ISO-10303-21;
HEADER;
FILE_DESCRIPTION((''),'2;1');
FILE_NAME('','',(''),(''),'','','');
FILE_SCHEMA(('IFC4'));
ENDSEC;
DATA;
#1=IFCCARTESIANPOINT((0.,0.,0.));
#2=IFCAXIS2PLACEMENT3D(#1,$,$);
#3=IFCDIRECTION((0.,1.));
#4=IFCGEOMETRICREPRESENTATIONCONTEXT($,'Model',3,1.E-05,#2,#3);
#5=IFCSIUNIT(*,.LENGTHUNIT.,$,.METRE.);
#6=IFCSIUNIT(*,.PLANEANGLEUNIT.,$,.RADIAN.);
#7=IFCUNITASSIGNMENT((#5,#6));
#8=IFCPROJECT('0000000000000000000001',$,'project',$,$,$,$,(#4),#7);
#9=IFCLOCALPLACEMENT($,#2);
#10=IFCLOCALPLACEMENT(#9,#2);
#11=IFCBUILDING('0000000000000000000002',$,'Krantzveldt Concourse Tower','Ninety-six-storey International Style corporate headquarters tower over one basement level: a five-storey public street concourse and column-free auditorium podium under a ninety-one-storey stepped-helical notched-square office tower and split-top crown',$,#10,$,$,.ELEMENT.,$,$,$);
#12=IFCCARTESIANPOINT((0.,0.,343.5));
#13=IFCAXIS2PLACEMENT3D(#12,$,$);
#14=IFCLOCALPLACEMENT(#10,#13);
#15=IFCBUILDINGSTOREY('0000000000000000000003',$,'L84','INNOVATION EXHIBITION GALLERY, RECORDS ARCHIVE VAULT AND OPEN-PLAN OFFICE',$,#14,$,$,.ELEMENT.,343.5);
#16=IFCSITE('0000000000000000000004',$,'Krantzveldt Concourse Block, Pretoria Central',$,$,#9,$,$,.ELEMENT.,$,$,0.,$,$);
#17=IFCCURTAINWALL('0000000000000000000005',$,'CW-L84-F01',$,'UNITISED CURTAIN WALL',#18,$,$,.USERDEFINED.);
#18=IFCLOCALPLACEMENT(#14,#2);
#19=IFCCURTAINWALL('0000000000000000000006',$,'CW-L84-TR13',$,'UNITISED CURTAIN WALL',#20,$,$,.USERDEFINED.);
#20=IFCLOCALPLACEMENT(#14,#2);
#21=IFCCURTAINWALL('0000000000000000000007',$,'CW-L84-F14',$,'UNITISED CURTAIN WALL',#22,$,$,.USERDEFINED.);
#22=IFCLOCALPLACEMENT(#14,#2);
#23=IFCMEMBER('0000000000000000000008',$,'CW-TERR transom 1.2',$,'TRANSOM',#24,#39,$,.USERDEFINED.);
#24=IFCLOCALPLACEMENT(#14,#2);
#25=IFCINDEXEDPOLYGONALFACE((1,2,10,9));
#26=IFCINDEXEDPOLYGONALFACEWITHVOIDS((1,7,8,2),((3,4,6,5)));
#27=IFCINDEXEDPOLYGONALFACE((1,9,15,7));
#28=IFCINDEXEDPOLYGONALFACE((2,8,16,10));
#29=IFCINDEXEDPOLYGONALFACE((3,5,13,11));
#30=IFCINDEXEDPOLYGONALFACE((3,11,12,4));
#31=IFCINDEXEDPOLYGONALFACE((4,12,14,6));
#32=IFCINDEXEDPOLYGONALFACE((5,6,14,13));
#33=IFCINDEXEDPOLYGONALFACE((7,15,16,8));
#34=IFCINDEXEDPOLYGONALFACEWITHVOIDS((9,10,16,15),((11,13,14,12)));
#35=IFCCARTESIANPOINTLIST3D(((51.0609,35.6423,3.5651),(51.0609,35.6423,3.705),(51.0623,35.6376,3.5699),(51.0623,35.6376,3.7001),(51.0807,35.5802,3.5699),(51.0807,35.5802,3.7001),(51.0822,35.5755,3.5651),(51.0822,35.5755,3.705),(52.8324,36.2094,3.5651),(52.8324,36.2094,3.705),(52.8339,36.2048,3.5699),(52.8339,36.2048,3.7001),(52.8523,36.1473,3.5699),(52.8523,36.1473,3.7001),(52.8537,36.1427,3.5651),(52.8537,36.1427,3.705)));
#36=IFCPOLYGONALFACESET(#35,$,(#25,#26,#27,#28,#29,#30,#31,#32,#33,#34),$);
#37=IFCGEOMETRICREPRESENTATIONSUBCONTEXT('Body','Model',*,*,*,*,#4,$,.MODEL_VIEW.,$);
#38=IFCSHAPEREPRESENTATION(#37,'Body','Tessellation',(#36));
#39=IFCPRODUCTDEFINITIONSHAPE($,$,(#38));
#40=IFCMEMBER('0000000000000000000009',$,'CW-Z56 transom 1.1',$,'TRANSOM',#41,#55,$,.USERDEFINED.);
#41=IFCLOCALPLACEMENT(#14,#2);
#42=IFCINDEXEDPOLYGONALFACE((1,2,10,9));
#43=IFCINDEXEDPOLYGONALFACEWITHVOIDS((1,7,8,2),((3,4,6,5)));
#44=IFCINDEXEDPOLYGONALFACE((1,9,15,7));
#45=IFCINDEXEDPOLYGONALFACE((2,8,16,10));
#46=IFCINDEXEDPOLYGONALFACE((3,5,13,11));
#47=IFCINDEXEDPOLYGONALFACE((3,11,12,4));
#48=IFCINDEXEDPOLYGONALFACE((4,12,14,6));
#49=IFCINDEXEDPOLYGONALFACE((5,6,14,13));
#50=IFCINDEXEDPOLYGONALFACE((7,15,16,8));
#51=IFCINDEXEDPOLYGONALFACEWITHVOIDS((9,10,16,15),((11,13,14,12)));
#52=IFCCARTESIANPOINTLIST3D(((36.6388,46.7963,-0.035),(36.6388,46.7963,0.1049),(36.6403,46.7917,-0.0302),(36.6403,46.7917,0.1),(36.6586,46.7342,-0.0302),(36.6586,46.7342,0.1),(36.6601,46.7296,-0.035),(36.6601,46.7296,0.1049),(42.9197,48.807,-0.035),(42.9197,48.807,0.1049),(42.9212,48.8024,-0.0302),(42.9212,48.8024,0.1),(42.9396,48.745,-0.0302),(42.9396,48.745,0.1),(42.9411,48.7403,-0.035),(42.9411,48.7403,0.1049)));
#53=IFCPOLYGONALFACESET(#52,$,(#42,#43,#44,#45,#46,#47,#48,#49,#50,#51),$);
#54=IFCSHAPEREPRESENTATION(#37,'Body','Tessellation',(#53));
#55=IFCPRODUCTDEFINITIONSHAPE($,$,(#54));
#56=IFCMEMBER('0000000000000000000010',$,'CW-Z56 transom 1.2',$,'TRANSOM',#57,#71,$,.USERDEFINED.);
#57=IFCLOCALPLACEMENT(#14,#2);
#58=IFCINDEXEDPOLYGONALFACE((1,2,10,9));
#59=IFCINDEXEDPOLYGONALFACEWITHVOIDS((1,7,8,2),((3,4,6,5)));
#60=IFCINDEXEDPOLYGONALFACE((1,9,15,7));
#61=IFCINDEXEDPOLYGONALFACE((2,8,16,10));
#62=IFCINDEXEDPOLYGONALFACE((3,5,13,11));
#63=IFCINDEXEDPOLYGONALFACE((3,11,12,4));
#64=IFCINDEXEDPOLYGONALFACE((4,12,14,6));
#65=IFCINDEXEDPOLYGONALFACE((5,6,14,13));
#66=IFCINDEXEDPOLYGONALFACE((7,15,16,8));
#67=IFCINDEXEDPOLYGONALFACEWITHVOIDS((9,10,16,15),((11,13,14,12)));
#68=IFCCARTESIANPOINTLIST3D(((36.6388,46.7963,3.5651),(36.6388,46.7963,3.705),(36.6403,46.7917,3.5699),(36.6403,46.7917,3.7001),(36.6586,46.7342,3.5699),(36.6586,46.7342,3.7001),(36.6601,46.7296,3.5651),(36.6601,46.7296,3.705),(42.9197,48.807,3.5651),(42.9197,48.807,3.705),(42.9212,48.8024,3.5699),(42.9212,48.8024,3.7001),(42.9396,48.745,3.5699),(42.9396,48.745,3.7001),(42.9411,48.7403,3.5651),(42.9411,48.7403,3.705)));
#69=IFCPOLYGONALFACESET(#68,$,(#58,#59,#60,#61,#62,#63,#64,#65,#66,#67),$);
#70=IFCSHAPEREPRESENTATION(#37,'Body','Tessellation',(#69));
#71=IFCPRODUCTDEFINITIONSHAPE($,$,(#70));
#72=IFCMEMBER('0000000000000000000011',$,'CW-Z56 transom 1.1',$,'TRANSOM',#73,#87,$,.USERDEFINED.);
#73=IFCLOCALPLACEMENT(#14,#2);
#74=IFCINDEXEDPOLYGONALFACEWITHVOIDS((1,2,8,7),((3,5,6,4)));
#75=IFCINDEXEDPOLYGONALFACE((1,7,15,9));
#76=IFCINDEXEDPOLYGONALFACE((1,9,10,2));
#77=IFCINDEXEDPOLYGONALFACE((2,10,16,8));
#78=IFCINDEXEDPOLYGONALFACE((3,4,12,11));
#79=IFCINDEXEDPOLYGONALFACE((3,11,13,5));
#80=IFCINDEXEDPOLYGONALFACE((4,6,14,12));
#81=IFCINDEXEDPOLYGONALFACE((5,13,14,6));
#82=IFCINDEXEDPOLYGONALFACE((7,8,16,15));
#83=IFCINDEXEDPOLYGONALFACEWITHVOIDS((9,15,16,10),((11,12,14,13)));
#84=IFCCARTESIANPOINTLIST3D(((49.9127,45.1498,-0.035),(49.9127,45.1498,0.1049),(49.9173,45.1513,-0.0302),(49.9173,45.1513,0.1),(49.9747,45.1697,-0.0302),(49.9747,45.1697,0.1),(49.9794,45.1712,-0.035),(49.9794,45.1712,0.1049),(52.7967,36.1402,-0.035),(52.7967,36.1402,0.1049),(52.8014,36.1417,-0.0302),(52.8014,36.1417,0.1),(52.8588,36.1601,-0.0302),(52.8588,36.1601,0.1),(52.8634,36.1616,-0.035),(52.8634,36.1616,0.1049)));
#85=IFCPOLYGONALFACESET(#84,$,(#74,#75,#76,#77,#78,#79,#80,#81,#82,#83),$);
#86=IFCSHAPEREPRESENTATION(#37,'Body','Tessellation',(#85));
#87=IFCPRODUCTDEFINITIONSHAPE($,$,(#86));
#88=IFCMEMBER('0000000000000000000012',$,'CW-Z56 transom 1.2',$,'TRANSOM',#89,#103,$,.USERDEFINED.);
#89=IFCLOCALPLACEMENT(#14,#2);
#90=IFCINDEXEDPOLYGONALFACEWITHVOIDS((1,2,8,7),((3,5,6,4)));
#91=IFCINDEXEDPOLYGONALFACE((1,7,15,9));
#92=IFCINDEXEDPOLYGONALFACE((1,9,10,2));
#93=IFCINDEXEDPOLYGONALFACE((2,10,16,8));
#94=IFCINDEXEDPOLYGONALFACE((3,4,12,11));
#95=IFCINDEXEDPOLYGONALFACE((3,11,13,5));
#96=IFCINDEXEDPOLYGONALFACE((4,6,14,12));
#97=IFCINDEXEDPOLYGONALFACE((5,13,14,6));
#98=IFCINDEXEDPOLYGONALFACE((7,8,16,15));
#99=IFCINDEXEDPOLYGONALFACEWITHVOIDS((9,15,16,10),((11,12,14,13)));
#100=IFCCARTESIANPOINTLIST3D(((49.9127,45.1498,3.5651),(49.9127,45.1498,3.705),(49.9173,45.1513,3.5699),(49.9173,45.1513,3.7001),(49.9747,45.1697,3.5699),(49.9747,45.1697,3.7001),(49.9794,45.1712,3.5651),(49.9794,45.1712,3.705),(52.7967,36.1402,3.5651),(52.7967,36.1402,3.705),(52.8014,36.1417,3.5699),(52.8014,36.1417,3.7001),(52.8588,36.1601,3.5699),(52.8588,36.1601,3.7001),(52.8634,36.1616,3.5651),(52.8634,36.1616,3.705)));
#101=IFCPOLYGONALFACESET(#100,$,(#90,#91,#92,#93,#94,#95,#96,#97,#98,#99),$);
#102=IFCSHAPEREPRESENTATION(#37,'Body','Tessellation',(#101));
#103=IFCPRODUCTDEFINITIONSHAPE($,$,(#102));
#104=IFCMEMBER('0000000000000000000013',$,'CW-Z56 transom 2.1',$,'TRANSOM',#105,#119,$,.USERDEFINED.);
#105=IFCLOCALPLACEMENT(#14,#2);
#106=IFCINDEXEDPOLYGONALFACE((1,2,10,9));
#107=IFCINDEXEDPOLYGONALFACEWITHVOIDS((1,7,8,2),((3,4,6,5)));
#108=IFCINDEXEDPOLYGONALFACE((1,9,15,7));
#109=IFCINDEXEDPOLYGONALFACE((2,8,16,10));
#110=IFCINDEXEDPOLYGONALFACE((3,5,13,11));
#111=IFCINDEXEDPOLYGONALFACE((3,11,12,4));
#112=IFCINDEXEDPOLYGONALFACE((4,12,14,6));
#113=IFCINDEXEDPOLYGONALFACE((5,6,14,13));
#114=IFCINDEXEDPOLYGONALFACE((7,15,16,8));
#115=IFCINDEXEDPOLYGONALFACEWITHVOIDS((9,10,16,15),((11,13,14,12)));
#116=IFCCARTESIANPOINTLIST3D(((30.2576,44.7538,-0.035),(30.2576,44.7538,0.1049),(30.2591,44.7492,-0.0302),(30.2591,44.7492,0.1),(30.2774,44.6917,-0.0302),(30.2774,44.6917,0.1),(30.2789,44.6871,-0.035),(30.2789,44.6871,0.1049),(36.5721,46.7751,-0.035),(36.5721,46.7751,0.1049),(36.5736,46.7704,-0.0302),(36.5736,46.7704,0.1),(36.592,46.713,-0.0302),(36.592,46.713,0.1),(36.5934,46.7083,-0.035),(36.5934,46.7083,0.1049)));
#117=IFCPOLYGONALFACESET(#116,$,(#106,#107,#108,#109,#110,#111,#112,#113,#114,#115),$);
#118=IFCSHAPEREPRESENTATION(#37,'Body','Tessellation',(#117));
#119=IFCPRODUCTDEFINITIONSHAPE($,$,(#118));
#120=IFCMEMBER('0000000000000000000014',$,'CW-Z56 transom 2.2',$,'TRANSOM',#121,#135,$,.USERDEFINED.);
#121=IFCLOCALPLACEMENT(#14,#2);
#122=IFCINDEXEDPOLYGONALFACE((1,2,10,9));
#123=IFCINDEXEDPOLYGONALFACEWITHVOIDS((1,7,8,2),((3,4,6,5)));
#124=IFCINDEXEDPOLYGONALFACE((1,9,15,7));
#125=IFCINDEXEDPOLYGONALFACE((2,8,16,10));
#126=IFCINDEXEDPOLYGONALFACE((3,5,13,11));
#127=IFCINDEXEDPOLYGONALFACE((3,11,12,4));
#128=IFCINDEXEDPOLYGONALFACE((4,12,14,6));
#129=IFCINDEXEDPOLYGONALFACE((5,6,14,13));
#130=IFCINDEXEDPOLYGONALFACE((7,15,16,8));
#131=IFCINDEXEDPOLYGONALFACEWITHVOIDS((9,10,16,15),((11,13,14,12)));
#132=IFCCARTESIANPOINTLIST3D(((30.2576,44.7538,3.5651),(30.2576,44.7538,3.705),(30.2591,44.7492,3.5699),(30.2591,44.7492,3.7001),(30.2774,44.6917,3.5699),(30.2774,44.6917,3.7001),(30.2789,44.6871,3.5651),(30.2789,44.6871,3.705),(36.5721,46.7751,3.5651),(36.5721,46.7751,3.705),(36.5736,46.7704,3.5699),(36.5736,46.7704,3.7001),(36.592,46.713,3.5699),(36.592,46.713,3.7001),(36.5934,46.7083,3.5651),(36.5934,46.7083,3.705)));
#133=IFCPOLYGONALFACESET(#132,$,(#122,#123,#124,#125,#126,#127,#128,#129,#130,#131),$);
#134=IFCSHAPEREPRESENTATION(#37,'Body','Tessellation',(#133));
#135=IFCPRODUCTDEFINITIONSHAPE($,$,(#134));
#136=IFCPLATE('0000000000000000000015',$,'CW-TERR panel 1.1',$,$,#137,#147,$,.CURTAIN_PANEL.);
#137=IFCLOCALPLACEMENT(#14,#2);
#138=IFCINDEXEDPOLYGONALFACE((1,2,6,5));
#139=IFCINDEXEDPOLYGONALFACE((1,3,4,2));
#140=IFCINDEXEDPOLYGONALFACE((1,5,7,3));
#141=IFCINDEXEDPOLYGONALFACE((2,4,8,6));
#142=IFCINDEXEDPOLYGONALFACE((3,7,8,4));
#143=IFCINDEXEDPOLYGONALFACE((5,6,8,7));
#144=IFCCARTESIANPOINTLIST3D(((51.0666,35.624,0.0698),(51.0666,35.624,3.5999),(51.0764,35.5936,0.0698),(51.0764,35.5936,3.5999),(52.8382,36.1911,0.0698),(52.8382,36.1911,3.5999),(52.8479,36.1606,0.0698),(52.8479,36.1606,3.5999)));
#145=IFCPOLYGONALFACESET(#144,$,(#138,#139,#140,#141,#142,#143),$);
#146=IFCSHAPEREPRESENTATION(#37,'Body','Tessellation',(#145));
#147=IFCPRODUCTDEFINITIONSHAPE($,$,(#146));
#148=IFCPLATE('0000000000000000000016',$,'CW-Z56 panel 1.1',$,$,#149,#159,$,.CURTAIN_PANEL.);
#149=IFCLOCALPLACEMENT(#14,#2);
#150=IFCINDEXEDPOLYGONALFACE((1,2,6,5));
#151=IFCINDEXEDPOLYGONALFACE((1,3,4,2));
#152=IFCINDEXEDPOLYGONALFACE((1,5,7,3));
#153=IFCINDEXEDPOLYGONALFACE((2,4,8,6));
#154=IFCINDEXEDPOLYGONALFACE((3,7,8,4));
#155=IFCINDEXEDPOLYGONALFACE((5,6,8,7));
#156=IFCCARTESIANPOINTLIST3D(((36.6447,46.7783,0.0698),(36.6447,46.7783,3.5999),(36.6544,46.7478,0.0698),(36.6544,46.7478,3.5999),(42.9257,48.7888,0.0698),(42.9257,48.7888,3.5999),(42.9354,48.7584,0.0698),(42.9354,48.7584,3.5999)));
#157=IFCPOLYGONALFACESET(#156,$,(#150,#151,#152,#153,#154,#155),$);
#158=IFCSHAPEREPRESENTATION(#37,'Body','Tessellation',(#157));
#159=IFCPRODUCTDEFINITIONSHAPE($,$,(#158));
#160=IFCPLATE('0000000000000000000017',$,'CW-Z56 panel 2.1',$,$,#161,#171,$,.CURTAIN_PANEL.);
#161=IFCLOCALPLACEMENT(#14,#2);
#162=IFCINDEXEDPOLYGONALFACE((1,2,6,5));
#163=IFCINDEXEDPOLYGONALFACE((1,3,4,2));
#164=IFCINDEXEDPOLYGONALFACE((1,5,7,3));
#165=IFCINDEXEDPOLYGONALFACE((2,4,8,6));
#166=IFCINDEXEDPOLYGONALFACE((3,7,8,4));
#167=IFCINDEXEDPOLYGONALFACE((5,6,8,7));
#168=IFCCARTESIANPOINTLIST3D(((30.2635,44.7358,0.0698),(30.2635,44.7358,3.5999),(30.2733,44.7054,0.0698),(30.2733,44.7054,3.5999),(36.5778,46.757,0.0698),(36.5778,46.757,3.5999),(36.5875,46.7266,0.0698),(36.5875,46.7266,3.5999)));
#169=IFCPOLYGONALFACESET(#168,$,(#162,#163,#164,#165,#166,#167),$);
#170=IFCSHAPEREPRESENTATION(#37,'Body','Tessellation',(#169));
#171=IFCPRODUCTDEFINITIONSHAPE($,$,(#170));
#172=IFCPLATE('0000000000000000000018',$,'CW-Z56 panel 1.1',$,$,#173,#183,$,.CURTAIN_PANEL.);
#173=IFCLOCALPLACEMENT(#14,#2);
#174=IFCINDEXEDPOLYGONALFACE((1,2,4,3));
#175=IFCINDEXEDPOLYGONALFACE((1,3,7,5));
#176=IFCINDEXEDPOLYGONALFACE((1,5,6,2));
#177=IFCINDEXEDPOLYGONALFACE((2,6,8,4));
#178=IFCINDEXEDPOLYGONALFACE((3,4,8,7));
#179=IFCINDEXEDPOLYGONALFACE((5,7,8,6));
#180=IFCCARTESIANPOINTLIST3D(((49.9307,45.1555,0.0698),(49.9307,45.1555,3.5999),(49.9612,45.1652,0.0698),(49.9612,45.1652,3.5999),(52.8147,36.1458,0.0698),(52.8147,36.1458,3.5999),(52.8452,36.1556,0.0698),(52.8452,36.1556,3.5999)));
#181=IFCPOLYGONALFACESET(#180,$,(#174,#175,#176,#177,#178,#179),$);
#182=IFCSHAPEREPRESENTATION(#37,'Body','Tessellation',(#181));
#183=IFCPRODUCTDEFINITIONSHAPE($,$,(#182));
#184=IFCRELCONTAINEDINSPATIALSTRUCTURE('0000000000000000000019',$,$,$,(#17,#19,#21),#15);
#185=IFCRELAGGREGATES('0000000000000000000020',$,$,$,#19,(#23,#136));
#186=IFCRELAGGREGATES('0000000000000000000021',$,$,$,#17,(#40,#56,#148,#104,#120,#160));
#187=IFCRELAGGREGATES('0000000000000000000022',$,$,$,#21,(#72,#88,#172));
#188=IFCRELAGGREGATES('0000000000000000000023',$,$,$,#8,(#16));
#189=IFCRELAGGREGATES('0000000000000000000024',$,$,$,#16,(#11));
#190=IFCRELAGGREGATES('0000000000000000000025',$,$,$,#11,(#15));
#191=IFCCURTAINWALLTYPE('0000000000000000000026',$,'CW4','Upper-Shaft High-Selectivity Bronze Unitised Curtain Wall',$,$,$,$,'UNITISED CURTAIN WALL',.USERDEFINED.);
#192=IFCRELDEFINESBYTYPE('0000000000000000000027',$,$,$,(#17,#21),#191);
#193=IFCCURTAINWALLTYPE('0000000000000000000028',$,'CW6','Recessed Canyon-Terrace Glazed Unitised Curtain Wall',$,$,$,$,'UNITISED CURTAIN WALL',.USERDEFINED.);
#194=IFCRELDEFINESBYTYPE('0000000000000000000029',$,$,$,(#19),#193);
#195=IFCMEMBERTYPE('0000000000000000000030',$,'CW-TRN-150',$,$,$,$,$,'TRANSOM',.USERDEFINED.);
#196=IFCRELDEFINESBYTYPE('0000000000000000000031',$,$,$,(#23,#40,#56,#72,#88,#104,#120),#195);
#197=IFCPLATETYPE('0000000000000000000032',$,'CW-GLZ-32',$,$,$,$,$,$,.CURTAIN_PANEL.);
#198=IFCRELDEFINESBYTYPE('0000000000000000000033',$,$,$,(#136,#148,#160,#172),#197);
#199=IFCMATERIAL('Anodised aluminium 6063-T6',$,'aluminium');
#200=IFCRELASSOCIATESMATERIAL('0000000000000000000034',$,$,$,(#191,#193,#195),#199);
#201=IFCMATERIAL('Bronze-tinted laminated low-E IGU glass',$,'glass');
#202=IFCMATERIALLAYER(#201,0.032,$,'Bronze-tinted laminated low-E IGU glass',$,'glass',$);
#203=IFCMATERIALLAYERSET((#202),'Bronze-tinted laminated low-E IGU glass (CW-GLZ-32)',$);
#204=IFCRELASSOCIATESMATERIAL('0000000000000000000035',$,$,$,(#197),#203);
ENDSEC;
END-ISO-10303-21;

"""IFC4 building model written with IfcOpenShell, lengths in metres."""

from ifc_helpers import new_model, si_unit, direction, frame, origin, origin_2d, place, context, subcontext, project, spatial, rectangle, hollow_rectangle, extrude, source, transform, mapped, material, layer, layer_set, material_profile, profile_set, type_object, type_shapes, element, aggregate, save


model = new_model("IFC4")

# Units and contexts
model_context = context("Model", 3, precision=1e-05, world=origin(), true_north=direction((0.0, 1.0)))
body_context = subcontext(model_context, "Body", "Model", "MODEL_VIEW")
ifc_project = project(units=[si_unit("LENGTHUNIT", "METRE"), si_unit("PLANEANGLEUNIT", "RADIAN")], contexts=[model_context])

# Site, building, storey
site_placement = place(None, origin())
site = spatial("IfcSite", under=ifc_project, at=site_placement, Name="Krantzveldt Concourse Block, Pretoria Central", CompositionType="ELEMENT", RefElevation=0.0)
building_placement = place(site_placement, origin())
building = spatial("IfcBuilding", under=site, at=building_placement, Name="Krantzveldt Concourse Tower", Description="Ninety-six-storey International Style corporate headquarters tower over one basement level: a five-storey public street concourse and column-free auditorium podium under a ninety-one-storey stepped-helical notched-square office tower and split-top crown", CompositionType="ELEMENT")
storey_placement = place(building_placement, frame((0.0, 0.0, 343.5)))
storey = spatial("IfcBuildingStorey", under=building, at=storey_placement, Name="L84", Description="INNOVATION EXHIBITION GALLERY, RECORDS ARCHIVE VAULT AND OPEN-PLAN OFFICE", CompositionType="ELEMENT", Elevation=343.5)

# Curtain wall
ifc_material_1 = material(Name="Anodised aluminium 6063-T6", Category="aluminium")
curtain_wall_type_1 = type_object("IfcCurtainWallType", Name="CW4", Description="Upper-Shaft High-Selectivity Bronze Unitised Curtain Wall", ElementType="UNITISED CURTAIN WALL", PredefinedType="USERDEFINED", material=ifc_material_1)
curtain_wall_1_placement = place(storey_placement, origin())
curtain_wall_1 = element("IfcCurtainWall", 1, at=curtain_wall_1_placement, inside=storey, type_object=curtain_wall_type_1, Name="CW-L84-F01", ObjectType="UNITISED CURTAIN WALL", PredefinedType="USERDEFINED")

# Curtain wall
curtain_wall_type_2 = type_object("IfcCurtainWallType", Name="CW6", Description="Recessed Canyon-Terrace Glazed Unitised Curtain Wall", ElementType="UNITISED CURTAIN WALL", PredefinedType="USERDEFINED", material=ifc_material_1)
curtain_wall_2_placement = place(storey_placement, origin())
curtain_wall_2 = element("IfcCurtainWall", 2, at=curtain_wall_2_placement, inside=storey, type_object=curtain_wall_type_2, Name="CW-L84-TR13", ObjectType="UNITISED CURTAIN WALL", PredefinedType="USERDEFINED")

# Curtain wall
curtain_wall_3_placement = place(storey_placement, origin())
curtain_wall_3 = element("IfcCurtainWall", 3, at=curtain_wall_3_placement, inside=storey, type_object=curtain_wall_type_1, Name="CW-L84-F14", ObjectType="UNITISED CURTAIN WALL", PredefinedType="USERDEFINED")

# Members
ifc_material_profile_1 = material_profile(ifc_material_1, hollow_rectangle(XDim=0.0701, YDim=0.1399, WallThickness=0.0049, at=origin_2d()), Name="Anodised aluminium 6063-T6", Category="aluminium")
ifc_profile_set_1 = profile_set([ifc_material_profile_1], Name="Anodised aluminium 6063-T6 - ALU-TRAN 140x70x5")
member_type_1 = type_object("IfcMemberType", Name="CW-TRN-150", ElementType="TRANSOM", PredefinedType="USERDEFINED", material=ifc_profile_set_1)
shared_shape_1 = source(origin(), body_context, "Body", "SweptSolid", [
    extrude(hollow_rectangle(XDim=0.0701, YDim=0.1399, WallThickness=0.0049, at=origin_2d()), origin(), (0.0, 0.0, 1.0), 1.8601),
])
member_1_placement = place(storey_placement, frame((51.0715, 35.6089, 3.635), z_axis=(0.952383, 0.304904, 0.0), x_axis=(-0.304904, 0.952383, 0.0)))
member_1 = element("IfcMember", 4, at=member_1_placement, type_object=member_type_1, Name="CW-TERR transom 1.2", ObjectType="TRANSOM", PredefinedType="USERDEFINED", context=body_context, shape_type="MappedRepresentation", body=[
    mapped(shared_shape_1, transform((0.0, 0.0, 0.0), x_axis=(1.0, 0.0, 0.0), y_axis=(0.0, 1.0, 0.0), z_axis=(0.0, 0.0, 1.0), scale=1.0)),
])
shared_shape_2 = source(origin(), body_context, "Body", "SweptSolid", [
    extrude(hollow_rectangle(XDim=0.0701, YDim=0.1399, WallThickness=0.0049, at=origin_2d()), origin(), (0.0, 0.0, 1.0), 6.595),
])
member_2_placement = place(storey_placement, frame((42.9304, 48.7737, 0.0349), z_axis=(-0.952388, -0.304889, 0.0), x_axis=(0.304889, -0.952388, 0.0)))
member_2 = element("IfcMember", 5, at=member_2_placement, type_object=member_type_1, Name="CW-Z56 transom 1.1", ObjectType="TRANSOM", PredefinedType="USERDEFINED", context=body_context, shape_type="MappedRepresentation", body=[
    mapped(shared_shape_2, transform((0.0, 0.0, 0.0), x_axis=(1.0, 0.0, 0.0), y_axis=(0.0, 1.0, 0.0), z_axis=(0.0, 0.0, 1.0), scale=1.0)),
])
member_3_placement = place(storey_placement, frame((42.9304, 48.7737, 3.635), z_axis=(-0.952388, -0.304889, 0.0), x_axis=(0.304889, -0.952388, 0.0)))
member_3 = element("IfcMember", 6, at=member_3_placement, type_object=member_type_1, Name="CW-Z56 transom 1.2", ObjectType="TRANSOM", PredefinedType="USERDEFINED", context=body_context, shape_type="MappedRepresentation", body=[
    mapped(shared_shape_2, transform((0.0, 0.0, 0.0), x_axis=(1.0, 0.0, 0.0), y_axis=(0.0, 1.0, 0.0), z_axis=(0.0, 0.0, 1.0), scale=1.0)),
])
shared_shape_3 = source(origin(), body_context, "Body", "SweptSolid", [
    extrude(hollow_rectangle(XDim=0.0701, YDim=0.1399, WallThickness=0.0049, at=origin_2d()), origin(), (0.0, 0.0, 1.0), 9.46),
])
member_4_placement = place(storey_placement, frame((52.8301, 36.1509, 0.0349), z_axis=(-0.30487, 0.952394, 0.0), x_axis=(-0.952394, -0.30487, 0.0)))
member_4 = element("IfcMember", 7, at=member_4_placement, type_object=member_type_1, Name="CW-Z56 transom 1.1", ObjectType="TRANSOM", PredefinedType="USERDEFINED", context=body_context, shape_type="MappedRepresentation", body=[
    mapped(shared_shape_3, transform((0.0, 0.0, 0.0), x_axis=(1.0, 0.0, 0.0), y_axis=(0.0, 1.0, 0.0), z_axis=(0.0, 0.0, 1.0), scale=1.0)),
])
member_5_placement = place(storey_placement, frame((52.8301, 36.1509, 3.635), z_axis=(-0.30487, 0.952394, 0.0), x_axis=(-0.952394, -0.30487, 0.0)))
member_5 = element("IfcMember", 8, at=member_5_placement, type_object=member_type_1, Name="CW-Z56 transom 1.2", ObjectType="TRANSOM", PredefinedType="USERDEFINED", context=body_context, shape_type="MappedRepresentation", body=[
    mapped(shared_shape_3, transform((0.0, 0.0, 0.0), x_axis=(1.0, 0.0, 0.0), y_axis=(0.0, 1.0, 0.0), z_axis=(0.0, 0.0, 1.0), scale=1.0)),
])
shared_shape_4 = source(origin(), body_context, "Body", "SweptSolid", [
    extrude(hollow_rectangle(XDim=0.0701, YDim=0.1399, WallThickness=0.0049, at=origin_2d()), origin(), (0.0, 0.0, 1.0), 6.6301),
])
type_shapes(member_type_1, [shared_shape_1, shared_shape_2, shared_shape_3, shared_shape_4])
member_6_placement = place(storey_placement, frame((36.5828, 46.7417, 0.0349), z_axis=(-0.952397, -0.30486, 0.0), x_axis=(0.30486, -0.952397, 0.0)))
member_6 = element("IfcMember", 9, at=member_6_placement, type_object=member_type_1, Name="CW-Z56 transom 2.1", ObjectType="TRANSOM", PredefinedType="USERDEFINED", context=body_context, shape_type="MappedRepresentation", body=[
    mapped(shared_shape_4, transform((0.0, 0.0, 0.0), x_axis=(1.0, 0.0, 0.0), y_axis=(0.0, 1.0, 0.0), z_axis=(0.0, 0.0, 1.0), scale=1.0)),
])
member_7_placement = place(storey_placement, frame((36.5828, 46.7417, 3.635), z_axis=(-0.952397, -0.30486, 0.0), x_axis=(0.30486, -0.952397, 0.0)))
member_7 = element("IfcMember", 10, at=member_7_placement, type_object=member_type_1, Name="CW-Z56 transom 2.2", ObjectType="TRANSOM", PredefinedType="USERDEFINED", context=body_context, shape_type="MappedRepresentation", body=[
    mapped(shared_shape_4, transform((0.0, 0.0, 0.0), x_axis=(1.0, 0.0, 0.0), y_axis=(0.0, 1.0, 0.0), z_axis=(0.0, 0.0, 1.0), scale=1.0)),
])

# Plates
ifc_material_2 = material(Name="Bronze-tinted laminated low-E IGU glass", Category="glass")
ifc_layer_1 = layer(ifc_material_2, 0.032, Name="Bronze-tinted laminated low-E IGU glass", Category="glass")
ifc_layer_set_1 = layer_set([ifc_layer_1], Name="Bronze-tinted laminated low-E IGU glass (CW-GLZ-32)")
plate_type = type_object("IfcPlateType", Name="CW-GLZ-32", PredefinedType="CURTAIN_PANEL", material=ifc_layer_set_1)
shared_shape_5 = source(origin(), body_context, "Body", "SweptSolid", [
    extrude(rectangle(XDim=1.8601, YDim=0.032, at=origin_2d()), origin(), (0.0, 0.0, 1.0), 3.53),
])
plate_1_placement = place(storey_placement, frame((51.9573, 35.8923, 0.0698), z_axis=(0.0, 0.0, 1.0), x_axis=(0.952396, 0.304864, 0.0)))
plate_1 = element("IfcPlate", 11, at=plate_1_placement, type_object=plate_type, Name="CW-TERR panel 1.1", PredefinedType="CURTAIN_PANEL", context=body_context, shape_type="MappedRepresentation", body=[
    mapped(shared_shape_5, transform((0.0, 0.0, 0.0), x_axis=(1.0, 0.0, 0.0), y_axis=(0.0, 1.0, 0.0), z_axis=(0.0, 0.0, 1.0), scale=1.0)),
])
aggregate(curtain_wall_2, [member_1, plate_1])
shared_shape_6 = source(origin(), body_context, "Body", "SweptSolid", [
    extrude(rectangle(XDim=6.595, YDim=0.032, at=origin_2d()), origin(), (0.0, 0.0, 1.0), 3.53),
])
plate_2_placement = place(storey_placement, frame((39.79, 47.7683, 0.0698), z_axis=(0.0, 0.0, 1.0), x_axis=(-0.952396, -0.304864, 0.0)))
plate_2 = element("IfcPlate", 12, at=plate_2_placement, type_object=plate_type, Name="CW-Z56 panel 1.1", PredefinedType="CURTAIN_PANEL", context=body_context, shape_type="MappedRepresentation", body=[
    mapped(shared_shape_6, transform((0.0, 0.0, 0.0), x_axis=(1.0, 0.0, 0.0), y_axis=(0.0, 1.0, 0.0), z_axis=(0.0, 0.0, 1.0), scale=1.0)),
])
shared_shape_7 = source(origin(), body_context, "Body", "SweptSolid", [
    extrude(rectangle(XDim=6.6299, YDim=0.032, at=origin_2d()), origin(), (0.0, 0.0, 1.0), 3.53),
])
plate_3_placement = place(storey_placement, frame((33.4255, 45.7312, 0.0698), z_axis=(0.0, 0.0, 1.0), x_axis=(-0.952396, -0.304864, 0.0)))
plate_3 = element("IfcPlate", 13, at=plate_3_placement, type_object=plate_type, Name="CW-Z56 panel 2.1", PredefinedType="CURTAIN_PANEL", context=body_context, shape_type="MappedRepresentation", body=[
    mapped(shared_shape_7, transform((0.0, 0.0, 0.0), x_axis=(1.0, 0.0, 0.0), y_axis=(0.0, 1.0, 0.0), z_axis=(0.0, 0.0, 1.0), scale=1.0)),
])
aggregate(curtain_wall_1, [member_2, member_3, plate_2, member_6, member_7, plate_3])
shared_shape_8 = source(origin(), body_context, "Body", "SweptSolid", [
    extrude(rectangle(XDim=9.46, YDim=0.032, at=origin_2d()), origin(), (0.0, 0.0, 1.0), 3.53),
])
type_shapes(plate_type, [shared_shape_5, shared_shape_6, shared_shape_7, shared_shape_8])
plate_4_placement = place(storey_placement, frame((51.3879, 40.6555, 0.0698), z_axis=(0.0, 0.0, 1.0), x_axis=(-0.304865, 0.952396, 0.0)))
plate_4 = element("IfcPlate", 14, at=plate_4_placement, type_object=plate_type, Name="CW-Z56 panel 1.1", PredefinedType="CURTAIN_PANEL", context=body_context, shape_type="MappedRepresentation", body=[
    mapped(shared_shape_8, transform((0.0, 0.0, 0.0), x_axis=(1.0, 0.0, 0.0), y_axis=(0.0, 1.0, 0.0), z_axis=(0.0, 0.0, 1.0), scale=1.0)),
])
aggregate(curtain_wall_3, [member_4, member_5, plate_4])

save(model, "model.ifc")
